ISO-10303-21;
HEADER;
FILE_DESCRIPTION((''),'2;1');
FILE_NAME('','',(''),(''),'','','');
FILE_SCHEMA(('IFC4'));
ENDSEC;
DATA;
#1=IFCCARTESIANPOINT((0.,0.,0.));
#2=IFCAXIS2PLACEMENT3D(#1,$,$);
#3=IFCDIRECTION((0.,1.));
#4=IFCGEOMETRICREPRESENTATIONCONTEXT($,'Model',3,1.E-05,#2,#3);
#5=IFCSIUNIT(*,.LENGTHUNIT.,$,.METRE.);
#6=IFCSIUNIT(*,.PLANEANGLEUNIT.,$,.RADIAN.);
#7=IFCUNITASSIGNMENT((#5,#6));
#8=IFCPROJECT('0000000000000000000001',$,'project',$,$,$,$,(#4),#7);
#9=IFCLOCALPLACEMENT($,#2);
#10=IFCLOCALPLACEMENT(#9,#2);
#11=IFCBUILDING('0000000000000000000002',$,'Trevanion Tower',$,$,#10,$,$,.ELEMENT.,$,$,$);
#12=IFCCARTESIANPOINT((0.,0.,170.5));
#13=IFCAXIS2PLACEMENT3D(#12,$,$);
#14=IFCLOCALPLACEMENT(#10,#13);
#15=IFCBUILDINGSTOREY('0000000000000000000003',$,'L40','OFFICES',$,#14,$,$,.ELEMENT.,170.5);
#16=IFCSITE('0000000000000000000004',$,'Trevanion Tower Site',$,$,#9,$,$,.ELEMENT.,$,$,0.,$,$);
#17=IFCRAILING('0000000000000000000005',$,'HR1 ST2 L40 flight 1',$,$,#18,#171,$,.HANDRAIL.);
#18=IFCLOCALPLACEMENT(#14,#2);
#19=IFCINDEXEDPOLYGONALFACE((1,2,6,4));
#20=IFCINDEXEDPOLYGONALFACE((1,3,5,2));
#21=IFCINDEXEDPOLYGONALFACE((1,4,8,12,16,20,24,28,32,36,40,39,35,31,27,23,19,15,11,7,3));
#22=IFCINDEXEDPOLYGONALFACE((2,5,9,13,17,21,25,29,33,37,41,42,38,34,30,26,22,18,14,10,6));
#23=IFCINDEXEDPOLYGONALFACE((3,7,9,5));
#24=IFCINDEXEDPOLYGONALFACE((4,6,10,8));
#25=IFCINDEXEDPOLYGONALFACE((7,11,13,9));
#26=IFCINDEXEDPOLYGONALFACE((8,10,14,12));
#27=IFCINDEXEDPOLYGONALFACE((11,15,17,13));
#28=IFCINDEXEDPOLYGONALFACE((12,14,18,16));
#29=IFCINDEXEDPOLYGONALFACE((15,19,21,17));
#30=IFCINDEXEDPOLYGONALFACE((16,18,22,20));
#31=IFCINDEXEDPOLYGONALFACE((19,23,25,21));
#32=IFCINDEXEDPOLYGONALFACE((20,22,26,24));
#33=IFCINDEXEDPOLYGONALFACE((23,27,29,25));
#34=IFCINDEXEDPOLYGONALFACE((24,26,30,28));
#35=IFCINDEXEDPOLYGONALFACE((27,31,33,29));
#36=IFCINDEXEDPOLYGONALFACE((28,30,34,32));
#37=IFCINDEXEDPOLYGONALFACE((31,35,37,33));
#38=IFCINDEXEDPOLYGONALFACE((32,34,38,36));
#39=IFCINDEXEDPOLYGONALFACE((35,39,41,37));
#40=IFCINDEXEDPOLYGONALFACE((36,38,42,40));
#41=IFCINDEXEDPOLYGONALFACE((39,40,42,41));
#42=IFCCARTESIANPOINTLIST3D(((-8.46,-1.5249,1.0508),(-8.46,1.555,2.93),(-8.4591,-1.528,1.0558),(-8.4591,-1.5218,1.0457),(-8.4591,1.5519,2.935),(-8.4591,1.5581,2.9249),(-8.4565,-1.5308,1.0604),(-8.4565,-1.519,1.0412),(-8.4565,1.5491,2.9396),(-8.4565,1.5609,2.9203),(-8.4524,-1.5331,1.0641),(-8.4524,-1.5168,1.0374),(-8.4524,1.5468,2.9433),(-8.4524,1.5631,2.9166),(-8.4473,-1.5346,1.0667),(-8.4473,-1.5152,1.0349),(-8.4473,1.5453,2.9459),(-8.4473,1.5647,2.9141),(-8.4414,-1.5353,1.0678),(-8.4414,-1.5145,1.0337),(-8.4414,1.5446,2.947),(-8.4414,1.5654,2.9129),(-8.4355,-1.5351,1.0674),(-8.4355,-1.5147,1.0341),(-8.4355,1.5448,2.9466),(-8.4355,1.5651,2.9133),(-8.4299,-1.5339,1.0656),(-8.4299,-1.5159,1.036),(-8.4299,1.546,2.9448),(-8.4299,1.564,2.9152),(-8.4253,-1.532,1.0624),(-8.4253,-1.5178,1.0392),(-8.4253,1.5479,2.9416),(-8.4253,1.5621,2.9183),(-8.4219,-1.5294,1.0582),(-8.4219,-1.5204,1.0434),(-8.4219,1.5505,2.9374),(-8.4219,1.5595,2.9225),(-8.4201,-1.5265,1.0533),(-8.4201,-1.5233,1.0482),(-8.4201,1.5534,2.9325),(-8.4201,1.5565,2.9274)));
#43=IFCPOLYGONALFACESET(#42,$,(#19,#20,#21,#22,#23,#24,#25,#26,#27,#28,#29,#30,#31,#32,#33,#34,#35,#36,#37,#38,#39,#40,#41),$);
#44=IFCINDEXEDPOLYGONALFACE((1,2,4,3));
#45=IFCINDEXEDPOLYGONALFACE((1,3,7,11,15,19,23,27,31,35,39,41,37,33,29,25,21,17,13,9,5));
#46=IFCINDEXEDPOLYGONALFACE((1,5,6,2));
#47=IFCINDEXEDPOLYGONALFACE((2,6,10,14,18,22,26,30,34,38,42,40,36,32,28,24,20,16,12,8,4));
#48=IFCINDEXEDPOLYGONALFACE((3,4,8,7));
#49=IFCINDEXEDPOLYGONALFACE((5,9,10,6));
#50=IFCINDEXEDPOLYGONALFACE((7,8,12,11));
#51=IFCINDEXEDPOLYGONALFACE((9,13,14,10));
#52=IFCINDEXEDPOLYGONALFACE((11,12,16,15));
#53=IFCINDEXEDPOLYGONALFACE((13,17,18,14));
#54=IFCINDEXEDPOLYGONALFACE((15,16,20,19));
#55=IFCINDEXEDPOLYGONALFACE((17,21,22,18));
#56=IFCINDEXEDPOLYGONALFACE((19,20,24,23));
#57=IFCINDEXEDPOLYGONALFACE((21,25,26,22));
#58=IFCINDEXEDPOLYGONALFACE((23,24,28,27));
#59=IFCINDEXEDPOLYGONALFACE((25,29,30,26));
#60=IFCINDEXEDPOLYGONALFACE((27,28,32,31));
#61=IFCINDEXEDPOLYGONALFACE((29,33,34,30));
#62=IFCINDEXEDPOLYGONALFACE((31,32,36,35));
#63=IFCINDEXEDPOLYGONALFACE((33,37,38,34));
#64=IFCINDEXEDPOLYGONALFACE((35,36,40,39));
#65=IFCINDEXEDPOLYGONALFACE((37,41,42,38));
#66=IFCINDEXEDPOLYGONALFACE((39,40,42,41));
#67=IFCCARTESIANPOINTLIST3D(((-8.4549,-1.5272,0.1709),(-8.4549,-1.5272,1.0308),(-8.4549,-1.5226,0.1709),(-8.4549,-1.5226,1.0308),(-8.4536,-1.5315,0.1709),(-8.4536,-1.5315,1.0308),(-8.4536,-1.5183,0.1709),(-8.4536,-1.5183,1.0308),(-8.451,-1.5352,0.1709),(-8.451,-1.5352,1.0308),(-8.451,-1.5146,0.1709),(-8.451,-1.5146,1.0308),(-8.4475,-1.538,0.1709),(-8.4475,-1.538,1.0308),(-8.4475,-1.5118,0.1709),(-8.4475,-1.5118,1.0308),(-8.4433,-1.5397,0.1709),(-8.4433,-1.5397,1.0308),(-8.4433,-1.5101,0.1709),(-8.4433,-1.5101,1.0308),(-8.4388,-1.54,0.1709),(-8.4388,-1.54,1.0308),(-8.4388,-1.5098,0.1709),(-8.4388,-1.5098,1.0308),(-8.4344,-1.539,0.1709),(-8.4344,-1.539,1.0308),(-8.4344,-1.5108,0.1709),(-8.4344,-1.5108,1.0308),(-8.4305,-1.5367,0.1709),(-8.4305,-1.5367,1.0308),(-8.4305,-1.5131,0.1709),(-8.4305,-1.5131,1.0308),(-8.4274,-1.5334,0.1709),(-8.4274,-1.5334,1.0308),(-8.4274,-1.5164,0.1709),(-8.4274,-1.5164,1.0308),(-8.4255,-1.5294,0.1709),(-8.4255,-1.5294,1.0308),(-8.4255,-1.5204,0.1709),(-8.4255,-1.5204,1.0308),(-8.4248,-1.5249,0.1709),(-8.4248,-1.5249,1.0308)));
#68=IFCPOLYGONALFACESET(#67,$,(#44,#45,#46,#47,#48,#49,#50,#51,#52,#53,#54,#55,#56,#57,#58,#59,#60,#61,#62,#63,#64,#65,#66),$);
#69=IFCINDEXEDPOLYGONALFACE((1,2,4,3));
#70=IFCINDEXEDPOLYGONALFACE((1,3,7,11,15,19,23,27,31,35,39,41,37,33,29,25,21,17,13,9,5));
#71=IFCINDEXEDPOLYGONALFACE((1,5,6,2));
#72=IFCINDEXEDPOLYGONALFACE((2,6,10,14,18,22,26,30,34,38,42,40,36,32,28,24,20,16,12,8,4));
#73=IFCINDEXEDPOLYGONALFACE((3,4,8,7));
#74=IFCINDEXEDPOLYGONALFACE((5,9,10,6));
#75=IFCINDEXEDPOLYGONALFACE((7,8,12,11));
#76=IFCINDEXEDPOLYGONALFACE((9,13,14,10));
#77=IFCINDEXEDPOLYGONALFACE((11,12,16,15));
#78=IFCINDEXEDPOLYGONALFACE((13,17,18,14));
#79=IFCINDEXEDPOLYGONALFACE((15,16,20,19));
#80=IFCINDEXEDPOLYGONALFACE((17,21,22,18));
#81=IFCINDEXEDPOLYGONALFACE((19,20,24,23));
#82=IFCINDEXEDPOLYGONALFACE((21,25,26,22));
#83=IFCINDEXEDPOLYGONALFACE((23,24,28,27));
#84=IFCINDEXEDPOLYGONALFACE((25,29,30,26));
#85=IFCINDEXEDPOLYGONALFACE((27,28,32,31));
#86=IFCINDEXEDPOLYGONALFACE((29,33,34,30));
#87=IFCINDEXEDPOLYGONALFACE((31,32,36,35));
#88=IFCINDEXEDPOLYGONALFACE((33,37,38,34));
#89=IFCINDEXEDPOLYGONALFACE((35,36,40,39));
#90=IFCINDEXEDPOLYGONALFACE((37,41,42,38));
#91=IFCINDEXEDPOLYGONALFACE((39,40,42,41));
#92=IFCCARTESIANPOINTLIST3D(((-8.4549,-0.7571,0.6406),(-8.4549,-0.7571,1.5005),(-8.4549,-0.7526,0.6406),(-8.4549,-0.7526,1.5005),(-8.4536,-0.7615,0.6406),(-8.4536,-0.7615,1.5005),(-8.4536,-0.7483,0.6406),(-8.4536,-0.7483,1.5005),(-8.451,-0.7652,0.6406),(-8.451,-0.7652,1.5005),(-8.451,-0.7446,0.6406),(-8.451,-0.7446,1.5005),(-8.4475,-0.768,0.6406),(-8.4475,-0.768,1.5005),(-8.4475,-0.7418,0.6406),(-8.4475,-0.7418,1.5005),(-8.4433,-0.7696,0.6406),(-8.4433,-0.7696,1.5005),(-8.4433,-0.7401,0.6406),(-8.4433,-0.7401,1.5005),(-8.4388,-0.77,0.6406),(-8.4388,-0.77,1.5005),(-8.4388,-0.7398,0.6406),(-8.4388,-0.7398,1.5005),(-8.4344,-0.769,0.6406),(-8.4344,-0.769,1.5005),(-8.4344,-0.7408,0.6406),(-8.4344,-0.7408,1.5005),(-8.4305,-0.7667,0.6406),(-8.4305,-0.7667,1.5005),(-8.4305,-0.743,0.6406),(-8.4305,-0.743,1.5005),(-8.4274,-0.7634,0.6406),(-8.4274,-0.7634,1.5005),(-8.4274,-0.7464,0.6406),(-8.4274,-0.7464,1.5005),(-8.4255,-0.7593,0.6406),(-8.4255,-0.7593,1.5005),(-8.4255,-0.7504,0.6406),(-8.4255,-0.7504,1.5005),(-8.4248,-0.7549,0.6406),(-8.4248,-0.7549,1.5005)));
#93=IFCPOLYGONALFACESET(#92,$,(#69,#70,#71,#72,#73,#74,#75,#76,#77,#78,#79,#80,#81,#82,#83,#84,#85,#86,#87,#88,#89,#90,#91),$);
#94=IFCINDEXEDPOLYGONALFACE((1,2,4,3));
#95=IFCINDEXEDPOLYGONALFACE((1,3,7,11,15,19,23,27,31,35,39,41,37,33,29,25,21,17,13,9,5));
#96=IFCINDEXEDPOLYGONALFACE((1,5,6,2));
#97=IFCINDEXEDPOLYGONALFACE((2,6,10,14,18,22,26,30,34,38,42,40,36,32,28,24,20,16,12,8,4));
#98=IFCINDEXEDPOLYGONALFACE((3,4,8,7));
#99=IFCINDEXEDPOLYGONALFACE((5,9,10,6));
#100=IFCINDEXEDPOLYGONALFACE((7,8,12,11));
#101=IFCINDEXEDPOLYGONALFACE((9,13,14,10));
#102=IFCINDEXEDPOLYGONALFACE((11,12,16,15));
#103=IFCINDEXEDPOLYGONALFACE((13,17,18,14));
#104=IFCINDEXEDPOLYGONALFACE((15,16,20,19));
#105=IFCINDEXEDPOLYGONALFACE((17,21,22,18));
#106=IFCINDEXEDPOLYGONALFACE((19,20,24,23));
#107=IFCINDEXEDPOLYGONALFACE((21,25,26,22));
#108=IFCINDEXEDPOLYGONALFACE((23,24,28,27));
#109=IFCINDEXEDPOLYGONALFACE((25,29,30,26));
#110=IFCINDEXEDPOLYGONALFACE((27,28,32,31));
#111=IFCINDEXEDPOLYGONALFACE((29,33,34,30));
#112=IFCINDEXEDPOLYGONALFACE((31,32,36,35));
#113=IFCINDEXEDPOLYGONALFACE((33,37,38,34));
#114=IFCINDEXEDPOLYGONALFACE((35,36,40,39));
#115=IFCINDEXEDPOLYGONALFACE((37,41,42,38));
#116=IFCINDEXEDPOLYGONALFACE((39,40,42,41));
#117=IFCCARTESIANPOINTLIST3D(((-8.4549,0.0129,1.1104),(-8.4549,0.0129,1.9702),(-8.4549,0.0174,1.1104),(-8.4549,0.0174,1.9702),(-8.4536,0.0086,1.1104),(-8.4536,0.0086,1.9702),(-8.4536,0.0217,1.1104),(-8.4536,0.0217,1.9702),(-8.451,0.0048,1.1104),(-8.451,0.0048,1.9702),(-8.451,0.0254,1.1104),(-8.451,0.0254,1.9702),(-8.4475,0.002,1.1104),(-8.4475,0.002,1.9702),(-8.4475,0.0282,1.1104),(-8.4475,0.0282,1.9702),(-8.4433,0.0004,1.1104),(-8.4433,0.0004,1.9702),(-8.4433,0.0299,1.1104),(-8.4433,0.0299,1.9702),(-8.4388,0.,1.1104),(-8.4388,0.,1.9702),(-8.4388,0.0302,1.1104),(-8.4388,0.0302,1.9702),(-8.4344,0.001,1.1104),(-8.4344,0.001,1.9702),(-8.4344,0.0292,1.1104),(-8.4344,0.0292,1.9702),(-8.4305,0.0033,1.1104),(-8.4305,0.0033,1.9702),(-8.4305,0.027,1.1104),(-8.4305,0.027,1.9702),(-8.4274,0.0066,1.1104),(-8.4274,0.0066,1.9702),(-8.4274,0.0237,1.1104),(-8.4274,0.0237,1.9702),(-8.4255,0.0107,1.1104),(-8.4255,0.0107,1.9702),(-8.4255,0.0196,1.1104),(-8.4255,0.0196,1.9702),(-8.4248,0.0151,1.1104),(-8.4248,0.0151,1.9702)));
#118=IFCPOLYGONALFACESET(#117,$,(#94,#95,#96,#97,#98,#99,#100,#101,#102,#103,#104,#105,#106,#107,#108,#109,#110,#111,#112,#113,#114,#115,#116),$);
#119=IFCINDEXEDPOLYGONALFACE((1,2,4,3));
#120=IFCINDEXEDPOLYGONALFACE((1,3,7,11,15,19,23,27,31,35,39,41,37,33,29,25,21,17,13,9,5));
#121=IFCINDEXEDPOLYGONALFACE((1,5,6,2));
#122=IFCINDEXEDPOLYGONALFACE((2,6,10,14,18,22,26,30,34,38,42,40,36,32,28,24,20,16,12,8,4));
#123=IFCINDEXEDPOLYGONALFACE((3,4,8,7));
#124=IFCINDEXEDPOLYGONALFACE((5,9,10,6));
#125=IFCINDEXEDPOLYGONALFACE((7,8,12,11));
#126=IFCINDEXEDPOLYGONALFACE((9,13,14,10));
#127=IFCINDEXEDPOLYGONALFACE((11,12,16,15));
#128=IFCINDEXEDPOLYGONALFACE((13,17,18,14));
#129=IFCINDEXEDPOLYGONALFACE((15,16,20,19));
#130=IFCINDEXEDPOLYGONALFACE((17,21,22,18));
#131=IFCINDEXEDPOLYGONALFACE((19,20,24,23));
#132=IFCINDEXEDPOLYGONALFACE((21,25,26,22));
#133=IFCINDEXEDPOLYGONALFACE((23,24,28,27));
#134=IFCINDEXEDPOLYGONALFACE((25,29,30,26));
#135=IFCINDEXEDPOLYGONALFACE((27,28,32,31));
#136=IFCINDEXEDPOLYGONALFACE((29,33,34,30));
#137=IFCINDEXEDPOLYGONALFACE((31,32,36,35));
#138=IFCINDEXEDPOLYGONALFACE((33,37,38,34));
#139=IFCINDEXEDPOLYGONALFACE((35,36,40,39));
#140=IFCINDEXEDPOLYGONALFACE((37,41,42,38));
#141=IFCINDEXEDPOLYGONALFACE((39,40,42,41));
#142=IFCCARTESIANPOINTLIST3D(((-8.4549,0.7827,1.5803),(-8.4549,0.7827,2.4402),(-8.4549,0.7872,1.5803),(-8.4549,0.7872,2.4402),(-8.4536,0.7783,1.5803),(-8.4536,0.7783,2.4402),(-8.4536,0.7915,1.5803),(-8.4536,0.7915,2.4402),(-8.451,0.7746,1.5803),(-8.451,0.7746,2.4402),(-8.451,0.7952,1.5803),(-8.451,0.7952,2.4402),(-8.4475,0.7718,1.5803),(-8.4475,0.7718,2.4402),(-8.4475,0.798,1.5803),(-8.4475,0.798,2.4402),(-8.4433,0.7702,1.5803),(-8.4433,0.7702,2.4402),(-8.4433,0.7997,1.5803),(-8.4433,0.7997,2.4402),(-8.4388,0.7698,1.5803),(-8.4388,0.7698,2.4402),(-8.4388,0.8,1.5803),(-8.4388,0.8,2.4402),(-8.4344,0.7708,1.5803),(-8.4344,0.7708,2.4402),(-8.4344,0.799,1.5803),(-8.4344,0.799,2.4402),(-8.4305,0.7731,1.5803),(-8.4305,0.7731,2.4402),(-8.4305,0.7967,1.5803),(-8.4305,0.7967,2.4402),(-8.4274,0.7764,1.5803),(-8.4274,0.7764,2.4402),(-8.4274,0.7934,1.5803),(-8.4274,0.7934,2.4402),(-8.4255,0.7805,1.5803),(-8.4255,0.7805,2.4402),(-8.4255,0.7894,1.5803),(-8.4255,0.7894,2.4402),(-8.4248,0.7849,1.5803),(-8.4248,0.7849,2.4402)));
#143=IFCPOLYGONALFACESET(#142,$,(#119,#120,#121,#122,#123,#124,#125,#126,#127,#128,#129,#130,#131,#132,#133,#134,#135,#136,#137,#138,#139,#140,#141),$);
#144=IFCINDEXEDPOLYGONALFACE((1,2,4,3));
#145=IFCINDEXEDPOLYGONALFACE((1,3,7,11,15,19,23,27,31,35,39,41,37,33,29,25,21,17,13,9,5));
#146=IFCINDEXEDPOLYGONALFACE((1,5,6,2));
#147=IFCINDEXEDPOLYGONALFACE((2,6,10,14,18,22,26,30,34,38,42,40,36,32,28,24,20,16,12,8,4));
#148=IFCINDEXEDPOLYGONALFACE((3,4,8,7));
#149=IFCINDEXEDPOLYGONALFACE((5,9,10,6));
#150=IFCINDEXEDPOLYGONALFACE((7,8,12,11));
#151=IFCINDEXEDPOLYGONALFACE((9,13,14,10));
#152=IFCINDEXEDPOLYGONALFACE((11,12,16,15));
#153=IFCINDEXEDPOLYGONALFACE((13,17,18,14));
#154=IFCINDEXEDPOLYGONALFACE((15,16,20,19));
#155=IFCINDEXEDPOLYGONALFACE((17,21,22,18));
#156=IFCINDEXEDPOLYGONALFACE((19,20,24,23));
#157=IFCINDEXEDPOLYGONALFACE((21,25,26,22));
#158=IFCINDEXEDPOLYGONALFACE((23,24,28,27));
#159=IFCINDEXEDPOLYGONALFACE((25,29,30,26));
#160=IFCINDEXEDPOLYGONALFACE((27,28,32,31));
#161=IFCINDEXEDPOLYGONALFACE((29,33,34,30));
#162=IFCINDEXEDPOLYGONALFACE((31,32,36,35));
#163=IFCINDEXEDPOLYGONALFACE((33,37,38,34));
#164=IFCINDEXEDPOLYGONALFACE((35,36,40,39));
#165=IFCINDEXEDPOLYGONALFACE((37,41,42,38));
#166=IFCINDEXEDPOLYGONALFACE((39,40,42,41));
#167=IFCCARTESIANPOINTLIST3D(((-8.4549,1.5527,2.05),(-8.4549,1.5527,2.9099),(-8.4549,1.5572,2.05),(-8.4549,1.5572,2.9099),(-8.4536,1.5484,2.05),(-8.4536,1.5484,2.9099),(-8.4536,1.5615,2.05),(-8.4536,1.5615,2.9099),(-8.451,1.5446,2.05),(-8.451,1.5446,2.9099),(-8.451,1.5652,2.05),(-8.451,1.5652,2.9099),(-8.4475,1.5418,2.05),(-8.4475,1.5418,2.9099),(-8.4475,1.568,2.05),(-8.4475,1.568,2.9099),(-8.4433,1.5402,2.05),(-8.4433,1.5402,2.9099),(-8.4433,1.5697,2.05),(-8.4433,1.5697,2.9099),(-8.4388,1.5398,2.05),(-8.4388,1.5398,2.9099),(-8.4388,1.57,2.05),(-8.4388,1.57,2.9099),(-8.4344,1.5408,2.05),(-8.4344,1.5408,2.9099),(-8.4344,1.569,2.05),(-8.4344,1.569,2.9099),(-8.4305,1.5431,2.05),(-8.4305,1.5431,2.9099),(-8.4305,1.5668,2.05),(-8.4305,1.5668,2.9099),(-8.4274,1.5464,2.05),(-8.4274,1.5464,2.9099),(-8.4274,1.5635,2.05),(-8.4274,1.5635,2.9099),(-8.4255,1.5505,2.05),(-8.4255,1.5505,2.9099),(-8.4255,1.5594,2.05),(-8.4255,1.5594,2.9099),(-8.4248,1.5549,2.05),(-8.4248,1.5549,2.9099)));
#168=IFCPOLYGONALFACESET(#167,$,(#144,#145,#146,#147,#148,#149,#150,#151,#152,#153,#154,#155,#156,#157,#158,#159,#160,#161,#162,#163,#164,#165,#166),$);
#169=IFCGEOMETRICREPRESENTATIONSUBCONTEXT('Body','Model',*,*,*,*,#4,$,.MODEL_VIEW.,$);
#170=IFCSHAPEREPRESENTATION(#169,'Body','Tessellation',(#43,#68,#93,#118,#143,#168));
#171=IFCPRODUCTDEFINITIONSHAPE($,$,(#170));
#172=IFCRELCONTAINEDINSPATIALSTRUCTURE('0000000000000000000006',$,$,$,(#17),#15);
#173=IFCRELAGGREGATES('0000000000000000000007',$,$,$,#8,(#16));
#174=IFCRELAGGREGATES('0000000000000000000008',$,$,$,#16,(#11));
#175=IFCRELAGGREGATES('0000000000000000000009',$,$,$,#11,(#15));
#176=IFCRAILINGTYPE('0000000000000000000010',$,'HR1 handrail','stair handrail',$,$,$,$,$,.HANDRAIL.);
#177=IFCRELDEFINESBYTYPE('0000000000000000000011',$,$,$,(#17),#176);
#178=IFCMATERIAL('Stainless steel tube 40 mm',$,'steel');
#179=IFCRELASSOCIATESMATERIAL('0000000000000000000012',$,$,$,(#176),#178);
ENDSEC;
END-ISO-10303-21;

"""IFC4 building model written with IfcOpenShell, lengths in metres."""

from ifc_helpers import new_model, si_unit, direction, frame, origin, origin_2d, place, context, subcontext, project, spatial, circle, extrude, material, type_object, element, save


model = new_model("IFC4")

# Units and contexts
model_context = context("Model", 3, precision=1e-05, world=origin(), true_north=direction((0.0, 1.0)))
body_context = subcontext(model_context, "Body", "Model", "MODEL_VIEW")
ifc_project = project(units=[si_unit("LENGTHUNIT", "METRE"), si_unit("PLANEANGLEUNIT", "RADIAN")], contexts=[model_context])

# Site, building, storey
site_placement = place(None, origin())
site = spatial("IfcSite", under=ifc_project, at=site_placement, Name="Trevanion Tower Site", CompositionType="ELEMENT", RefElevation=0.0)
building_placement = place(site_placement, origin())
building = spatial("IfcBuilding", under=site, at=building_placement, Name="Trevanion Tower", CompositionType="ELEMENT")
storey_placement = place(building_placement, frame((0.0, 0.0, 170.5)))
storey = spatial("IfcBuildingStorey", under=building, at=storey_placement, Name="L40", Description="OFFICES", CompositionType="ELEMENT", Elevation=170.5)

# Railing
ifc_material_1 = material(Name="Stainless steel tube 40 mm", Category="steel")
railing_type = type_object("IfcRailingType", Name="HR1 handrail", Description="stair handrail", PredefinedType="HANDRAIL", material=ifc_material_1)
for number, where, name in (
    (1, (-8.4399, -1.5249, 0.1709), "HR1 ST2 L40 flight 1"),
):
    element("IfcRailing", number, at=place(storey_placement, frame(where)), inside=storey, type_object=railing_type, Name=name, PredefinedType="HANDRAIL", context=body_context, shape_type="SweptSolid", body=[
        extrude(circle(Radius=0.02, at=origin_2d()), frame((0.0, 0.0, 0.8799), z_axis=(0.0, 0.853648, 0.52085), x_axis=(-1.0, 0.0, 0.0)), (0.0, 0.0, 1.0), 3.6079),
        extrude(circle(Radius=0.0151, at=origin_2d()), origin(), (0.0, 0.0, 1.0), 0.8599),
        extrude(circle(Radius=0.0151, at=origin_2d()), frame((0.0, 0.77, 0.4697)), (0.0, 0.0, 1.0), 0.8599),
        extrude(circle(Radius=0.0151, at=origin_2d()), frame((0.0, 1.54, 0.9395)), (0.0, 0.0, 1.0), 0.8599),
        extrude(circle(Radius=0.0151, at=origin_2d()), frame((0.0, 2.3098, 1.4094)), (0.0, 0.0, 1.0), 0.8599),
        extrude(circle(Radius=0.0151, at=origin_2d()), frame((0.0, 3.0798, 1.8792)), (0.0, 0.0, 1.0), 0.8599),
    ])

save(model, "model.ifc")
